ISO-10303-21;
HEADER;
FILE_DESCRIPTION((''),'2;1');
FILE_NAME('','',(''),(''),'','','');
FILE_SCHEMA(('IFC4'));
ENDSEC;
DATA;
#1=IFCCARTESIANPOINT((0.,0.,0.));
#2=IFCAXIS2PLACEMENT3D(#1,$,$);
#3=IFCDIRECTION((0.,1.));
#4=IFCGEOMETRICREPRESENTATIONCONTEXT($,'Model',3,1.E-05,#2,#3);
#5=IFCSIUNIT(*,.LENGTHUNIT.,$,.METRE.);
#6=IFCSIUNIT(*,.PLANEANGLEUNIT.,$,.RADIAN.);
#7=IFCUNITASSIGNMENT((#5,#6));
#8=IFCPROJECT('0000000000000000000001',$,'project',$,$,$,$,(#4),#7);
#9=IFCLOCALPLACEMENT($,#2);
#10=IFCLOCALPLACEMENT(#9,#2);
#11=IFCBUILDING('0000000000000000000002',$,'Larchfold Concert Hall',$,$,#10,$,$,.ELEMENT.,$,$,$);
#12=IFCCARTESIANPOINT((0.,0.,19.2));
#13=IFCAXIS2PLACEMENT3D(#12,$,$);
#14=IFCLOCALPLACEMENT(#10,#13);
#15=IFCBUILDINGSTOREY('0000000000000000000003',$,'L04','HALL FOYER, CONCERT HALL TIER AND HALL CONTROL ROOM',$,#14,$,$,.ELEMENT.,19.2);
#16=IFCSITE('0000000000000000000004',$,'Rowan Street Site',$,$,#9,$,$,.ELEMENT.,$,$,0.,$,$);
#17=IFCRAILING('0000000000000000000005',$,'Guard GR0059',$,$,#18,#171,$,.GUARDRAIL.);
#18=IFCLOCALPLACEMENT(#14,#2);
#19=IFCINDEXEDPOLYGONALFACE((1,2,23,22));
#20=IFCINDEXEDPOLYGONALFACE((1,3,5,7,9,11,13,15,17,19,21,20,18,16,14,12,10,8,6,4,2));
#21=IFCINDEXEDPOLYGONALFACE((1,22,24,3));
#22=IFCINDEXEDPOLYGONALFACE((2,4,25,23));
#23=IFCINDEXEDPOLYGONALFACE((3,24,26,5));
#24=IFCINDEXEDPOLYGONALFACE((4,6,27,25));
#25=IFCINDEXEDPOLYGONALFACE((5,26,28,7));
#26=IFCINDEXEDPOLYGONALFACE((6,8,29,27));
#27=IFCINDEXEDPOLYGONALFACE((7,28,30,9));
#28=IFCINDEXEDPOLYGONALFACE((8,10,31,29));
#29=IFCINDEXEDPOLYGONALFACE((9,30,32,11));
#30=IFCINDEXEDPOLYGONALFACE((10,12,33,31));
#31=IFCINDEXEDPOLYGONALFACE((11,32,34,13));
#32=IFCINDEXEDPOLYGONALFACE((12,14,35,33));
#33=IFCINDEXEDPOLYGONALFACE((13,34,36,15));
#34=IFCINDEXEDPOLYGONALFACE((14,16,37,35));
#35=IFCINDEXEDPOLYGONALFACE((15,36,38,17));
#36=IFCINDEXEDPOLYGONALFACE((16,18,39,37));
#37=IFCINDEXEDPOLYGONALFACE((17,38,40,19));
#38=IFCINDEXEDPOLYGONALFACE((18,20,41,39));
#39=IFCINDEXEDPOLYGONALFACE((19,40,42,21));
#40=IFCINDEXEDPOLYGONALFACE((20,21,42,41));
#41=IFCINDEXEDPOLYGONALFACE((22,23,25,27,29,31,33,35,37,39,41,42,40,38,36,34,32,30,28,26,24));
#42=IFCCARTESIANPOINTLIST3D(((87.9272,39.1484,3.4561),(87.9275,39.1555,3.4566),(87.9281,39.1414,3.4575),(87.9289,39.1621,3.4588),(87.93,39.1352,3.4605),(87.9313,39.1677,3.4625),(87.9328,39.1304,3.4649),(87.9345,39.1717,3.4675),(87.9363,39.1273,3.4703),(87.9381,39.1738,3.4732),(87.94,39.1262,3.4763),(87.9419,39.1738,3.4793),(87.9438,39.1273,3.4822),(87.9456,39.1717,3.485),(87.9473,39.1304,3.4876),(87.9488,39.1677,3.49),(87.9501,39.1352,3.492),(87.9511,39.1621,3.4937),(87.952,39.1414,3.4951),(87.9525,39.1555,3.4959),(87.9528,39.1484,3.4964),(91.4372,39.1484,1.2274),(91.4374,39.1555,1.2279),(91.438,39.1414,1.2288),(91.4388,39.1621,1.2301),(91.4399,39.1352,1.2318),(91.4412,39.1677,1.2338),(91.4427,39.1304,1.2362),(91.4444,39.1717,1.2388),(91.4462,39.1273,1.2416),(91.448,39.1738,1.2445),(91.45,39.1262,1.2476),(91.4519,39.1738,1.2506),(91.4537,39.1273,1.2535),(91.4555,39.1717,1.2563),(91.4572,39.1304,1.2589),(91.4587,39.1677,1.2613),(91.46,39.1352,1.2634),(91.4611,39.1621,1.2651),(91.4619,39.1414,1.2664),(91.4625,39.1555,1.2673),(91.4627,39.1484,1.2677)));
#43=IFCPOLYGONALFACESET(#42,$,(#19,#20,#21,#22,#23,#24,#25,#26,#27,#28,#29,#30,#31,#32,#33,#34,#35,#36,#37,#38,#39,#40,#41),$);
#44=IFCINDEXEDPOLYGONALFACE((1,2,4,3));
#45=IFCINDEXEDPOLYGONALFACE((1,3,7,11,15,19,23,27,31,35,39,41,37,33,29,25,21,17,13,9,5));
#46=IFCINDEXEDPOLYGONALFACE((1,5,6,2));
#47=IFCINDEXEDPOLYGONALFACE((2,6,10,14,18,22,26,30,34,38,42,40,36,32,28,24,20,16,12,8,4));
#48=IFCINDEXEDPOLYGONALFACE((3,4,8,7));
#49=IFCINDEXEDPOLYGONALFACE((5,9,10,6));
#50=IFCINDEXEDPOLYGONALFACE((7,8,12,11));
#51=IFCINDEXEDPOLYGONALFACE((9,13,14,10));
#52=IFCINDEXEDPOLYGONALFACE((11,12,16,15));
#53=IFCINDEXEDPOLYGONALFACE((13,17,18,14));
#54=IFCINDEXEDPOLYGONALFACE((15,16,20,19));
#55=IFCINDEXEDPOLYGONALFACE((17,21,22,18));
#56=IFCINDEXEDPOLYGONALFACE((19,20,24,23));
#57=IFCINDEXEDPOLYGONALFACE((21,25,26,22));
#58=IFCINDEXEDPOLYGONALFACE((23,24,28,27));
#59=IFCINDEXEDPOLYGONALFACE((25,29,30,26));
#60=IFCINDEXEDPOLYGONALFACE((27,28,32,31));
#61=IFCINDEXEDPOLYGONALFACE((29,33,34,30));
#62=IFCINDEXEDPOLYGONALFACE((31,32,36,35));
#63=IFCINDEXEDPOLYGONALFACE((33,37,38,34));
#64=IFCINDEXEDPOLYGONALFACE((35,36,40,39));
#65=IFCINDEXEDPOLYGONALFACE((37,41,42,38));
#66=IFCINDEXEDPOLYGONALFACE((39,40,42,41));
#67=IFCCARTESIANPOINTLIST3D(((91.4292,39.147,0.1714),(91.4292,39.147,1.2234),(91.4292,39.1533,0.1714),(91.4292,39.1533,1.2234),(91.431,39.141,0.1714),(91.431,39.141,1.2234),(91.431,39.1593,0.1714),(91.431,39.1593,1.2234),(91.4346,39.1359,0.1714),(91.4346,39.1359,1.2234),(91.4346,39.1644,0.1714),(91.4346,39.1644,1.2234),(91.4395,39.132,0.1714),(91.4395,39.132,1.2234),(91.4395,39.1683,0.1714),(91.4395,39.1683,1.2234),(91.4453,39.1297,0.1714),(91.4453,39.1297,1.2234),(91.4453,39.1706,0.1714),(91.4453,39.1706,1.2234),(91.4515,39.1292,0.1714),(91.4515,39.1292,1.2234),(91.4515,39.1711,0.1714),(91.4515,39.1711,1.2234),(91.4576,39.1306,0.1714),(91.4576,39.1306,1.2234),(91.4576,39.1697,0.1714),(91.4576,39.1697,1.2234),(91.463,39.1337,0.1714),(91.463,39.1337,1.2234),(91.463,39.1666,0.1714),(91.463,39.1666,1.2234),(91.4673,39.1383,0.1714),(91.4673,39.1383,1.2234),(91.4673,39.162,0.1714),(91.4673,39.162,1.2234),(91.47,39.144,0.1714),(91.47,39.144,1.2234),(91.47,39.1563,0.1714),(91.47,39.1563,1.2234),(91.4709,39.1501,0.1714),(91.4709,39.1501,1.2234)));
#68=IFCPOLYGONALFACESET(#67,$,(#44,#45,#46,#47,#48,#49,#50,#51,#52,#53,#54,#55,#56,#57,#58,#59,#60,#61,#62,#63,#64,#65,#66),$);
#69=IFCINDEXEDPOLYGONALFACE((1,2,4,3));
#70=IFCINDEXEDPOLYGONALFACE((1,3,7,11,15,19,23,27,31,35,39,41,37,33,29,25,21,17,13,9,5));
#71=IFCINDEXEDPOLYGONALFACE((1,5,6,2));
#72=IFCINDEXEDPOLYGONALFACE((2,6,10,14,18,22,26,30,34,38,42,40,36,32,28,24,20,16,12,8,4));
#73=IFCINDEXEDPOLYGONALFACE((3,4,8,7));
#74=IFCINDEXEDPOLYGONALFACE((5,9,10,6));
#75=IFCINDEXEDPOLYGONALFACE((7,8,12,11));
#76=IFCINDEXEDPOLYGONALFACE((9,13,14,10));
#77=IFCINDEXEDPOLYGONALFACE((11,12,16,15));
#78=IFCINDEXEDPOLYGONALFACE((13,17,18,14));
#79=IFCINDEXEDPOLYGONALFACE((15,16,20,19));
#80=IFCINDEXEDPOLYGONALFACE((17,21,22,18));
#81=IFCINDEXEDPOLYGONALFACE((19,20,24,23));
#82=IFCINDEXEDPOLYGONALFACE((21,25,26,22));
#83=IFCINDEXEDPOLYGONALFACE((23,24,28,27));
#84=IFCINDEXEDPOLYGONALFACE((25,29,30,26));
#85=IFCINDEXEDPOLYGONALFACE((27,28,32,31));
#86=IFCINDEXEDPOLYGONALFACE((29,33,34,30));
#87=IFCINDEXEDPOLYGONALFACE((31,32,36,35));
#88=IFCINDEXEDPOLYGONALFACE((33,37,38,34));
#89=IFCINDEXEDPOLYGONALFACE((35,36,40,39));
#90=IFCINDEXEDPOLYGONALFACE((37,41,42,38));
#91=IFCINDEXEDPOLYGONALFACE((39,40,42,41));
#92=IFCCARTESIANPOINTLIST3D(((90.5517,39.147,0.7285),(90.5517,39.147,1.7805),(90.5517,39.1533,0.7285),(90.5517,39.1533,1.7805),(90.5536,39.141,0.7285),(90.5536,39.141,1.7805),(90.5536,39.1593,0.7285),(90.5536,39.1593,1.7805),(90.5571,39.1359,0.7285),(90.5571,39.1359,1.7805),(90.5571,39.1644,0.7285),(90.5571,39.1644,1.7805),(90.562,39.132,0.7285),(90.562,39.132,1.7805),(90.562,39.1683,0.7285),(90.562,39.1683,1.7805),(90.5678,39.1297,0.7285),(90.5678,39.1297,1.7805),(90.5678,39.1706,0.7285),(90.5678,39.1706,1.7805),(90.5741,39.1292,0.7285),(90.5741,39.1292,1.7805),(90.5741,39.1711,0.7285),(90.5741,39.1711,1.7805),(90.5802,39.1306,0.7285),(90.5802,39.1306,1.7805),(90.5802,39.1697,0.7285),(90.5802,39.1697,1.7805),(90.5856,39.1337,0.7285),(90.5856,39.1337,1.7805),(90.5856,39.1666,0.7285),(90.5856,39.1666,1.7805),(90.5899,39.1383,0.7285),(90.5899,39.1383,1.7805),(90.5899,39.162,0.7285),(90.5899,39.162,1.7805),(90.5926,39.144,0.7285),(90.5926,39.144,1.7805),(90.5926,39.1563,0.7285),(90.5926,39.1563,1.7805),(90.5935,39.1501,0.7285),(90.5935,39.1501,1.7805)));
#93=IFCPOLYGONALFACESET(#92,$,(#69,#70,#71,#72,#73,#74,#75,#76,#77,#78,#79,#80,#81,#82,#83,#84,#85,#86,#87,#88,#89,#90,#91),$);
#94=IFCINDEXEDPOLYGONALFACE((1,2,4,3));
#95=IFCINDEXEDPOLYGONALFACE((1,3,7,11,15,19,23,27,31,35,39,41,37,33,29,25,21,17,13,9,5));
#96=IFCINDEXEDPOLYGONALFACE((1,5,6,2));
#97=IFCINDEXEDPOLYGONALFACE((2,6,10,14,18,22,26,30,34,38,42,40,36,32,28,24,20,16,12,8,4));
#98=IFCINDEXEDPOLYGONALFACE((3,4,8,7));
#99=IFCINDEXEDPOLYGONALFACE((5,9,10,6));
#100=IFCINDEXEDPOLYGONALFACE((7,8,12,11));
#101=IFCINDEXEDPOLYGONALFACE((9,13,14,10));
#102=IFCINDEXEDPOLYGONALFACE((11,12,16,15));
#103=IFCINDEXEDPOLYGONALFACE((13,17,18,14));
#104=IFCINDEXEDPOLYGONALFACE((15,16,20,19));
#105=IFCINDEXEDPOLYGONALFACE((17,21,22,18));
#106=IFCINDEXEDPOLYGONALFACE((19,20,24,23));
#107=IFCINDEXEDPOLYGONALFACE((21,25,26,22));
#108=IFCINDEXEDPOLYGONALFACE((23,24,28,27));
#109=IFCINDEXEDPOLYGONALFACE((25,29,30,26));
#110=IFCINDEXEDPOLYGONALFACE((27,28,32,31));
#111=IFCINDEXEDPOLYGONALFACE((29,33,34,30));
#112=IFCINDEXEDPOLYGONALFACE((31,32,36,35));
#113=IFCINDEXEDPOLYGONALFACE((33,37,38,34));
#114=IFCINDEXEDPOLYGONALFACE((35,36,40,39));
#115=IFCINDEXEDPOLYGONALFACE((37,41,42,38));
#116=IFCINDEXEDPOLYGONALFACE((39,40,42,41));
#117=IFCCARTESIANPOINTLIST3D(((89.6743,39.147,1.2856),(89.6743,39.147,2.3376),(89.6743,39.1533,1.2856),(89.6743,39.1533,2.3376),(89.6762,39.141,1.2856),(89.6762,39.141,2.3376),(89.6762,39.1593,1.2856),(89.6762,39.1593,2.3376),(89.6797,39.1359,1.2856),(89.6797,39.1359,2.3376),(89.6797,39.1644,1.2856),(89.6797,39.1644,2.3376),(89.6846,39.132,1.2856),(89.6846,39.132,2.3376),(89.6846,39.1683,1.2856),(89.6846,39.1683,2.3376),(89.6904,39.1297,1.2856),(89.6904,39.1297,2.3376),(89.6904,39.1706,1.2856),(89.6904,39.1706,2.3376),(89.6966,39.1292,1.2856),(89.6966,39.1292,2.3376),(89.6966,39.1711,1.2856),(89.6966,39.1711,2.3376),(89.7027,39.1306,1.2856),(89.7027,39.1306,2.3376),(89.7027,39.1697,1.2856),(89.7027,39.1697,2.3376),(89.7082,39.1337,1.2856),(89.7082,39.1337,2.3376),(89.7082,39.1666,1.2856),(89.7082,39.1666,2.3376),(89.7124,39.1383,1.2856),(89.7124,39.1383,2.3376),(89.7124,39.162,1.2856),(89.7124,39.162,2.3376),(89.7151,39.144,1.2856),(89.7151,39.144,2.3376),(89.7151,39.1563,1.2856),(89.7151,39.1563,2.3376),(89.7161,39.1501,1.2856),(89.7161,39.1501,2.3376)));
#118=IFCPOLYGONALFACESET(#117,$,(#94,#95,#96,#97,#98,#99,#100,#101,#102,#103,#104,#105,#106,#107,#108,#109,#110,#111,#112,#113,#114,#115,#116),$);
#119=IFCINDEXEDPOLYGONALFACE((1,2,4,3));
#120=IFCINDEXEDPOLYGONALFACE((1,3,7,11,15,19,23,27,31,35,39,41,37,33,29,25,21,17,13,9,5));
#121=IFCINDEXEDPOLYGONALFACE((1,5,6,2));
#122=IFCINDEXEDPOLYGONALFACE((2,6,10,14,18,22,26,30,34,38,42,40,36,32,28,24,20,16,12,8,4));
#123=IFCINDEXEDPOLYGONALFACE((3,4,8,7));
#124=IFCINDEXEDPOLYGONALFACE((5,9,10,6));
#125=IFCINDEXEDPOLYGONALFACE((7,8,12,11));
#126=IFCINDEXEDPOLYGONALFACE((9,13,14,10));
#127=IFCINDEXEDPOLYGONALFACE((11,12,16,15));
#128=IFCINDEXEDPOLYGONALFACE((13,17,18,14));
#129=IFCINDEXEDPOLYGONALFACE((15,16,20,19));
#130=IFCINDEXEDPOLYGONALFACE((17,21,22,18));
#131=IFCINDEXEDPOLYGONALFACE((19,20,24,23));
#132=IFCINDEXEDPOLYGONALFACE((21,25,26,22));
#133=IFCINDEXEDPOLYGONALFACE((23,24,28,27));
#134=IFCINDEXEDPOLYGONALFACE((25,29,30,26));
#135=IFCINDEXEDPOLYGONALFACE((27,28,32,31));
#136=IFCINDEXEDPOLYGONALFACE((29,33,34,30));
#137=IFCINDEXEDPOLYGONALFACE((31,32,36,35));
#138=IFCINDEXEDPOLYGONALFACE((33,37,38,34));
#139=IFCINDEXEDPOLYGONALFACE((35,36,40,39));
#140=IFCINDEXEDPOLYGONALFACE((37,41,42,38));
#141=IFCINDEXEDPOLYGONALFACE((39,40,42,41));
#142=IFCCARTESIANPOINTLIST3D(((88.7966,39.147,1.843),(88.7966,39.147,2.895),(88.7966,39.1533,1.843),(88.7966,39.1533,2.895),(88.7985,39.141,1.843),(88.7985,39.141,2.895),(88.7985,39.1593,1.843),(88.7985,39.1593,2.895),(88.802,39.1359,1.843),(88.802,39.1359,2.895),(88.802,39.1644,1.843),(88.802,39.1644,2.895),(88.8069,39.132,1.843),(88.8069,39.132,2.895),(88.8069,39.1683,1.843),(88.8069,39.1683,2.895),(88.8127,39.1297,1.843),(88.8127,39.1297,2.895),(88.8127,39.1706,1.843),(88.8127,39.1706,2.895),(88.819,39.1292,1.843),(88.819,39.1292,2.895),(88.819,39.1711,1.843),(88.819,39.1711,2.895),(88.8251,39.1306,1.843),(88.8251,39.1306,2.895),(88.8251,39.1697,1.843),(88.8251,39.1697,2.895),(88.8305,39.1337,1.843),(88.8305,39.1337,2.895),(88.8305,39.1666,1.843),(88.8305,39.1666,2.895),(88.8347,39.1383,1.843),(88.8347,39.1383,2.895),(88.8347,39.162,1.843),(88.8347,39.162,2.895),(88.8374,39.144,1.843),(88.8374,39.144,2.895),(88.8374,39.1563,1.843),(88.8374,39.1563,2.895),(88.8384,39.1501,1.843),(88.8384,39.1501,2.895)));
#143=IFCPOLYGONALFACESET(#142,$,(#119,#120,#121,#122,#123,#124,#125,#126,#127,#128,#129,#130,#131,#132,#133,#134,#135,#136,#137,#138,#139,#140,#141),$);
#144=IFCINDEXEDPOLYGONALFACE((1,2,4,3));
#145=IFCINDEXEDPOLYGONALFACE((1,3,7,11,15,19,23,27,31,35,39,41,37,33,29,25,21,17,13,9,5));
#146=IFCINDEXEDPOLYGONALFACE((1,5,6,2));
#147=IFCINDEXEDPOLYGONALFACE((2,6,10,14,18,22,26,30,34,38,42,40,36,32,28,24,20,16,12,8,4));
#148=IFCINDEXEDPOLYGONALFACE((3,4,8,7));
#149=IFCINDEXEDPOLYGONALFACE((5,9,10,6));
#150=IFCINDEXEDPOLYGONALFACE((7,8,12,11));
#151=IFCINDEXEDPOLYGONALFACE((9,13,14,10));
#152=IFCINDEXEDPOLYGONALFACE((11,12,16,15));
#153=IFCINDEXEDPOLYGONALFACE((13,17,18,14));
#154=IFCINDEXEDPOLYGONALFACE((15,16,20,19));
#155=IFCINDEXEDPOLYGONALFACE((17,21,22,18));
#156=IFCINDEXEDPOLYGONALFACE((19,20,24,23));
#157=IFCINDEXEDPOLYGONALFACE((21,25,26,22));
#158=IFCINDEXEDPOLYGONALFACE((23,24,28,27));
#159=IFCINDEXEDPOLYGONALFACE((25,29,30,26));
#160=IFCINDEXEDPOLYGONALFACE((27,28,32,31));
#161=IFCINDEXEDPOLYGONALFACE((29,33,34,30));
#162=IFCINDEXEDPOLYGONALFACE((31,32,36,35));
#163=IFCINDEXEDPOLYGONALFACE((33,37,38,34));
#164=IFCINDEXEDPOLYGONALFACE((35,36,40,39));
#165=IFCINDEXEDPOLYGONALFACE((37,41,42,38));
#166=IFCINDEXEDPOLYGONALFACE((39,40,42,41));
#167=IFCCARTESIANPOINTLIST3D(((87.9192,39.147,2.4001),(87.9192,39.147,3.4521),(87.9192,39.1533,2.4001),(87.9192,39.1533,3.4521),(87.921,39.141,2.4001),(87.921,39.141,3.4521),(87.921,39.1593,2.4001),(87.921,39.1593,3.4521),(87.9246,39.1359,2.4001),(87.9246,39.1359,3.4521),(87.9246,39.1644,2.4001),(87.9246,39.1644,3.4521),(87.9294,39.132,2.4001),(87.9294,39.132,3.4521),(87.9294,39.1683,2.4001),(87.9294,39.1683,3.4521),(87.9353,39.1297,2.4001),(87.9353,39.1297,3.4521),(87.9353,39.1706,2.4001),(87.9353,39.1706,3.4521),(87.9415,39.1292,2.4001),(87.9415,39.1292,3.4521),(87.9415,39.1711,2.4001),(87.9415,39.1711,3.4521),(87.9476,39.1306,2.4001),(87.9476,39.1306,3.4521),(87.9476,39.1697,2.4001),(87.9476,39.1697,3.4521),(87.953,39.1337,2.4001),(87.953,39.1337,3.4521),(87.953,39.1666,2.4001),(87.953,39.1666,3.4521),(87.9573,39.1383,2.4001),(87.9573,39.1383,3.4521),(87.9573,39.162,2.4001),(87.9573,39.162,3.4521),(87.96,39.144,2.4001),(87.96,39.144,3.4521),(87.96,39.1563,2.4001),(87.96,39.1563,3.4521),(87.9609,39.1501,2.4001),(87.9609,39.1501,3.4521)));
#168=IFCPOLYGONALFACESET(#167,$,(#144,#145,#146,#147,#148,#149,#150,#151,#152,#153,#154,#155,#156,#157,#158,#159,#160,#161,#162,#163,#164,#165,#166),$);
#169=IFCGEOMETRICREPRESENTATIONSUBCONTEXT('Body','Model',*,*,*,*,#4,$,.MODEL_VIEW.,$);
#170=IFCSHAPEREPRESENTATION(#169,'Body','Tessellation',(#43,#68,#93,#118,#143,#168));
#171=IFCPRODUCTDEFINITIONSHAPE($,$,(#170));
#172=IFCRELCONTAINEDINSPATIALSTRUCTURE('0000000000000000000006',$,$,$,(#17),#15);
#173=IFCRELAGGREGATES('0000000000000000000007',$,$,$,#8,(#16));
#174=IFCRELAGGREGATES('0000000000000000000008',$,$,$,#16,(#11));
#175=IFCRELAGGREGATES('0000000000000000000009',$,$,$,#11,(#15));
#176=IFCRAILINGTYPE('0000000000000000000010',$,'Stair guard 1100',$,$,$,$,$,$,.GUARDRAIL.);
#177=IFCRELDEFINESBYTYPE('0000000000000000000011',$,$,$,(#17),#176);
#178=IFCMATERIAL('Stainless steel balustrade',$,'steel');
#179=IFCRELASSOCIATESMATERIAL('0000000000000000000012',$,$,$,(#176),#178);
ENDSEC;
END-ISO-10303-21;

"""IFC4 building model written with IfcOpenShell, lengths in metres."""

from ifc_helpers import new_model, si_unit, direction, frame, origin, origin_2d, place, context, subcontext, project, spatial, circle, extrude, material, type_object, element, save


model = new_model("IFC4")

# Units and contexts
model_context = context("Model", 3, precision=1e-05, world=origin(), true_north=direction((0.0, 1.0)))
body_context = subcontext(model_context, "Body", "Model", "MODEL_VIEW")
ifc_project = project(units=[si_unit("LENGTHUNIT", "METRE"), si_unit("PLANEANGLEUNIT", "RADIAN")], contexts=[model_context])

# Site, building, storey
site_placement = place(None, origin())
site = spatial("IfcSite", under=ifc_project, at=site_placement, Name="Rowan Street Site", CompositionType="ELEMENT", RefElevation=0.0)
building_placement = place(site_placement, origin())
building = spatial("IfcBuilding", under=site, at=building_placement, Name="Larchfold Concert Hall", CompositionType="ELEMENT")
storey_placement = place(building_placement, frame((0.0, 0.0, 19.2)))
storey = spatial("IfcBuildingStorey", under=building, at=storey_placement, Name="L04", Description="HALL FOYER, CONCERT HALL TIER AND HALL CONTROL ROOM", CompositionType="ELEMENT", Elevation=19.2)

# Railing
ifc_material_1 = material(Name="Stainless steel balustrade", Category="steel")
railing_type_1 = type_object("IfcRailingType", Name="Stair guard 1100", PredefinedType="GUARDRAIL", material=ifc_material_1)
railing_1_placement = place(storey_placement, frame((91.45, 39.1501, 0.1714)))
element("IfcRailing", 1, at=railing_1_placement, inside=storey, type_object=railing_type_1, Name="Guard GR0059", PredefinedType="GUARDRAIL", context=body_context, shape_type="SweptSolid", body=[
    extrude(circle(Radius=0.0239, at=origin_2d()), frame((0.0, 0.0, 1.0762), z_axis=(-0.844193, 0.0, 0.536039), x_axis=(0.0, -1.0, 0.0)), (0.0, 0.0, 1.0), 4.1577),
    extrude(circle(Radius=0.021, at=origin_2d()), origin(), (0.0, 0.0, 1.0), 1.052),
    extrude(circle(Radius=0.021, at=origin_2d()), frame((-0.8774, 0.0, 0.5571)), (0.0, 0.0, 1.0), 1.052),
    extrude(circle(Radius=0.021, at=origin_2d()), frame((-1.7549, 0.0, 1.1143)), (0.0, 0.0, 1.0), 1.052),
    extrude(circle(Radius=0.021, at=origin_2d()), frame((-2.6326, 0.0, 1.6716)), (0.0, 0.0, 1.0), 1.052),
    extrude(circle(Radius=0.021, at=origin_2d()), frame((-3.51, 0.0, 2.2288)), (0.0, 0.0, 1.0), 1.052),
])

save(model, "model.ifc")
